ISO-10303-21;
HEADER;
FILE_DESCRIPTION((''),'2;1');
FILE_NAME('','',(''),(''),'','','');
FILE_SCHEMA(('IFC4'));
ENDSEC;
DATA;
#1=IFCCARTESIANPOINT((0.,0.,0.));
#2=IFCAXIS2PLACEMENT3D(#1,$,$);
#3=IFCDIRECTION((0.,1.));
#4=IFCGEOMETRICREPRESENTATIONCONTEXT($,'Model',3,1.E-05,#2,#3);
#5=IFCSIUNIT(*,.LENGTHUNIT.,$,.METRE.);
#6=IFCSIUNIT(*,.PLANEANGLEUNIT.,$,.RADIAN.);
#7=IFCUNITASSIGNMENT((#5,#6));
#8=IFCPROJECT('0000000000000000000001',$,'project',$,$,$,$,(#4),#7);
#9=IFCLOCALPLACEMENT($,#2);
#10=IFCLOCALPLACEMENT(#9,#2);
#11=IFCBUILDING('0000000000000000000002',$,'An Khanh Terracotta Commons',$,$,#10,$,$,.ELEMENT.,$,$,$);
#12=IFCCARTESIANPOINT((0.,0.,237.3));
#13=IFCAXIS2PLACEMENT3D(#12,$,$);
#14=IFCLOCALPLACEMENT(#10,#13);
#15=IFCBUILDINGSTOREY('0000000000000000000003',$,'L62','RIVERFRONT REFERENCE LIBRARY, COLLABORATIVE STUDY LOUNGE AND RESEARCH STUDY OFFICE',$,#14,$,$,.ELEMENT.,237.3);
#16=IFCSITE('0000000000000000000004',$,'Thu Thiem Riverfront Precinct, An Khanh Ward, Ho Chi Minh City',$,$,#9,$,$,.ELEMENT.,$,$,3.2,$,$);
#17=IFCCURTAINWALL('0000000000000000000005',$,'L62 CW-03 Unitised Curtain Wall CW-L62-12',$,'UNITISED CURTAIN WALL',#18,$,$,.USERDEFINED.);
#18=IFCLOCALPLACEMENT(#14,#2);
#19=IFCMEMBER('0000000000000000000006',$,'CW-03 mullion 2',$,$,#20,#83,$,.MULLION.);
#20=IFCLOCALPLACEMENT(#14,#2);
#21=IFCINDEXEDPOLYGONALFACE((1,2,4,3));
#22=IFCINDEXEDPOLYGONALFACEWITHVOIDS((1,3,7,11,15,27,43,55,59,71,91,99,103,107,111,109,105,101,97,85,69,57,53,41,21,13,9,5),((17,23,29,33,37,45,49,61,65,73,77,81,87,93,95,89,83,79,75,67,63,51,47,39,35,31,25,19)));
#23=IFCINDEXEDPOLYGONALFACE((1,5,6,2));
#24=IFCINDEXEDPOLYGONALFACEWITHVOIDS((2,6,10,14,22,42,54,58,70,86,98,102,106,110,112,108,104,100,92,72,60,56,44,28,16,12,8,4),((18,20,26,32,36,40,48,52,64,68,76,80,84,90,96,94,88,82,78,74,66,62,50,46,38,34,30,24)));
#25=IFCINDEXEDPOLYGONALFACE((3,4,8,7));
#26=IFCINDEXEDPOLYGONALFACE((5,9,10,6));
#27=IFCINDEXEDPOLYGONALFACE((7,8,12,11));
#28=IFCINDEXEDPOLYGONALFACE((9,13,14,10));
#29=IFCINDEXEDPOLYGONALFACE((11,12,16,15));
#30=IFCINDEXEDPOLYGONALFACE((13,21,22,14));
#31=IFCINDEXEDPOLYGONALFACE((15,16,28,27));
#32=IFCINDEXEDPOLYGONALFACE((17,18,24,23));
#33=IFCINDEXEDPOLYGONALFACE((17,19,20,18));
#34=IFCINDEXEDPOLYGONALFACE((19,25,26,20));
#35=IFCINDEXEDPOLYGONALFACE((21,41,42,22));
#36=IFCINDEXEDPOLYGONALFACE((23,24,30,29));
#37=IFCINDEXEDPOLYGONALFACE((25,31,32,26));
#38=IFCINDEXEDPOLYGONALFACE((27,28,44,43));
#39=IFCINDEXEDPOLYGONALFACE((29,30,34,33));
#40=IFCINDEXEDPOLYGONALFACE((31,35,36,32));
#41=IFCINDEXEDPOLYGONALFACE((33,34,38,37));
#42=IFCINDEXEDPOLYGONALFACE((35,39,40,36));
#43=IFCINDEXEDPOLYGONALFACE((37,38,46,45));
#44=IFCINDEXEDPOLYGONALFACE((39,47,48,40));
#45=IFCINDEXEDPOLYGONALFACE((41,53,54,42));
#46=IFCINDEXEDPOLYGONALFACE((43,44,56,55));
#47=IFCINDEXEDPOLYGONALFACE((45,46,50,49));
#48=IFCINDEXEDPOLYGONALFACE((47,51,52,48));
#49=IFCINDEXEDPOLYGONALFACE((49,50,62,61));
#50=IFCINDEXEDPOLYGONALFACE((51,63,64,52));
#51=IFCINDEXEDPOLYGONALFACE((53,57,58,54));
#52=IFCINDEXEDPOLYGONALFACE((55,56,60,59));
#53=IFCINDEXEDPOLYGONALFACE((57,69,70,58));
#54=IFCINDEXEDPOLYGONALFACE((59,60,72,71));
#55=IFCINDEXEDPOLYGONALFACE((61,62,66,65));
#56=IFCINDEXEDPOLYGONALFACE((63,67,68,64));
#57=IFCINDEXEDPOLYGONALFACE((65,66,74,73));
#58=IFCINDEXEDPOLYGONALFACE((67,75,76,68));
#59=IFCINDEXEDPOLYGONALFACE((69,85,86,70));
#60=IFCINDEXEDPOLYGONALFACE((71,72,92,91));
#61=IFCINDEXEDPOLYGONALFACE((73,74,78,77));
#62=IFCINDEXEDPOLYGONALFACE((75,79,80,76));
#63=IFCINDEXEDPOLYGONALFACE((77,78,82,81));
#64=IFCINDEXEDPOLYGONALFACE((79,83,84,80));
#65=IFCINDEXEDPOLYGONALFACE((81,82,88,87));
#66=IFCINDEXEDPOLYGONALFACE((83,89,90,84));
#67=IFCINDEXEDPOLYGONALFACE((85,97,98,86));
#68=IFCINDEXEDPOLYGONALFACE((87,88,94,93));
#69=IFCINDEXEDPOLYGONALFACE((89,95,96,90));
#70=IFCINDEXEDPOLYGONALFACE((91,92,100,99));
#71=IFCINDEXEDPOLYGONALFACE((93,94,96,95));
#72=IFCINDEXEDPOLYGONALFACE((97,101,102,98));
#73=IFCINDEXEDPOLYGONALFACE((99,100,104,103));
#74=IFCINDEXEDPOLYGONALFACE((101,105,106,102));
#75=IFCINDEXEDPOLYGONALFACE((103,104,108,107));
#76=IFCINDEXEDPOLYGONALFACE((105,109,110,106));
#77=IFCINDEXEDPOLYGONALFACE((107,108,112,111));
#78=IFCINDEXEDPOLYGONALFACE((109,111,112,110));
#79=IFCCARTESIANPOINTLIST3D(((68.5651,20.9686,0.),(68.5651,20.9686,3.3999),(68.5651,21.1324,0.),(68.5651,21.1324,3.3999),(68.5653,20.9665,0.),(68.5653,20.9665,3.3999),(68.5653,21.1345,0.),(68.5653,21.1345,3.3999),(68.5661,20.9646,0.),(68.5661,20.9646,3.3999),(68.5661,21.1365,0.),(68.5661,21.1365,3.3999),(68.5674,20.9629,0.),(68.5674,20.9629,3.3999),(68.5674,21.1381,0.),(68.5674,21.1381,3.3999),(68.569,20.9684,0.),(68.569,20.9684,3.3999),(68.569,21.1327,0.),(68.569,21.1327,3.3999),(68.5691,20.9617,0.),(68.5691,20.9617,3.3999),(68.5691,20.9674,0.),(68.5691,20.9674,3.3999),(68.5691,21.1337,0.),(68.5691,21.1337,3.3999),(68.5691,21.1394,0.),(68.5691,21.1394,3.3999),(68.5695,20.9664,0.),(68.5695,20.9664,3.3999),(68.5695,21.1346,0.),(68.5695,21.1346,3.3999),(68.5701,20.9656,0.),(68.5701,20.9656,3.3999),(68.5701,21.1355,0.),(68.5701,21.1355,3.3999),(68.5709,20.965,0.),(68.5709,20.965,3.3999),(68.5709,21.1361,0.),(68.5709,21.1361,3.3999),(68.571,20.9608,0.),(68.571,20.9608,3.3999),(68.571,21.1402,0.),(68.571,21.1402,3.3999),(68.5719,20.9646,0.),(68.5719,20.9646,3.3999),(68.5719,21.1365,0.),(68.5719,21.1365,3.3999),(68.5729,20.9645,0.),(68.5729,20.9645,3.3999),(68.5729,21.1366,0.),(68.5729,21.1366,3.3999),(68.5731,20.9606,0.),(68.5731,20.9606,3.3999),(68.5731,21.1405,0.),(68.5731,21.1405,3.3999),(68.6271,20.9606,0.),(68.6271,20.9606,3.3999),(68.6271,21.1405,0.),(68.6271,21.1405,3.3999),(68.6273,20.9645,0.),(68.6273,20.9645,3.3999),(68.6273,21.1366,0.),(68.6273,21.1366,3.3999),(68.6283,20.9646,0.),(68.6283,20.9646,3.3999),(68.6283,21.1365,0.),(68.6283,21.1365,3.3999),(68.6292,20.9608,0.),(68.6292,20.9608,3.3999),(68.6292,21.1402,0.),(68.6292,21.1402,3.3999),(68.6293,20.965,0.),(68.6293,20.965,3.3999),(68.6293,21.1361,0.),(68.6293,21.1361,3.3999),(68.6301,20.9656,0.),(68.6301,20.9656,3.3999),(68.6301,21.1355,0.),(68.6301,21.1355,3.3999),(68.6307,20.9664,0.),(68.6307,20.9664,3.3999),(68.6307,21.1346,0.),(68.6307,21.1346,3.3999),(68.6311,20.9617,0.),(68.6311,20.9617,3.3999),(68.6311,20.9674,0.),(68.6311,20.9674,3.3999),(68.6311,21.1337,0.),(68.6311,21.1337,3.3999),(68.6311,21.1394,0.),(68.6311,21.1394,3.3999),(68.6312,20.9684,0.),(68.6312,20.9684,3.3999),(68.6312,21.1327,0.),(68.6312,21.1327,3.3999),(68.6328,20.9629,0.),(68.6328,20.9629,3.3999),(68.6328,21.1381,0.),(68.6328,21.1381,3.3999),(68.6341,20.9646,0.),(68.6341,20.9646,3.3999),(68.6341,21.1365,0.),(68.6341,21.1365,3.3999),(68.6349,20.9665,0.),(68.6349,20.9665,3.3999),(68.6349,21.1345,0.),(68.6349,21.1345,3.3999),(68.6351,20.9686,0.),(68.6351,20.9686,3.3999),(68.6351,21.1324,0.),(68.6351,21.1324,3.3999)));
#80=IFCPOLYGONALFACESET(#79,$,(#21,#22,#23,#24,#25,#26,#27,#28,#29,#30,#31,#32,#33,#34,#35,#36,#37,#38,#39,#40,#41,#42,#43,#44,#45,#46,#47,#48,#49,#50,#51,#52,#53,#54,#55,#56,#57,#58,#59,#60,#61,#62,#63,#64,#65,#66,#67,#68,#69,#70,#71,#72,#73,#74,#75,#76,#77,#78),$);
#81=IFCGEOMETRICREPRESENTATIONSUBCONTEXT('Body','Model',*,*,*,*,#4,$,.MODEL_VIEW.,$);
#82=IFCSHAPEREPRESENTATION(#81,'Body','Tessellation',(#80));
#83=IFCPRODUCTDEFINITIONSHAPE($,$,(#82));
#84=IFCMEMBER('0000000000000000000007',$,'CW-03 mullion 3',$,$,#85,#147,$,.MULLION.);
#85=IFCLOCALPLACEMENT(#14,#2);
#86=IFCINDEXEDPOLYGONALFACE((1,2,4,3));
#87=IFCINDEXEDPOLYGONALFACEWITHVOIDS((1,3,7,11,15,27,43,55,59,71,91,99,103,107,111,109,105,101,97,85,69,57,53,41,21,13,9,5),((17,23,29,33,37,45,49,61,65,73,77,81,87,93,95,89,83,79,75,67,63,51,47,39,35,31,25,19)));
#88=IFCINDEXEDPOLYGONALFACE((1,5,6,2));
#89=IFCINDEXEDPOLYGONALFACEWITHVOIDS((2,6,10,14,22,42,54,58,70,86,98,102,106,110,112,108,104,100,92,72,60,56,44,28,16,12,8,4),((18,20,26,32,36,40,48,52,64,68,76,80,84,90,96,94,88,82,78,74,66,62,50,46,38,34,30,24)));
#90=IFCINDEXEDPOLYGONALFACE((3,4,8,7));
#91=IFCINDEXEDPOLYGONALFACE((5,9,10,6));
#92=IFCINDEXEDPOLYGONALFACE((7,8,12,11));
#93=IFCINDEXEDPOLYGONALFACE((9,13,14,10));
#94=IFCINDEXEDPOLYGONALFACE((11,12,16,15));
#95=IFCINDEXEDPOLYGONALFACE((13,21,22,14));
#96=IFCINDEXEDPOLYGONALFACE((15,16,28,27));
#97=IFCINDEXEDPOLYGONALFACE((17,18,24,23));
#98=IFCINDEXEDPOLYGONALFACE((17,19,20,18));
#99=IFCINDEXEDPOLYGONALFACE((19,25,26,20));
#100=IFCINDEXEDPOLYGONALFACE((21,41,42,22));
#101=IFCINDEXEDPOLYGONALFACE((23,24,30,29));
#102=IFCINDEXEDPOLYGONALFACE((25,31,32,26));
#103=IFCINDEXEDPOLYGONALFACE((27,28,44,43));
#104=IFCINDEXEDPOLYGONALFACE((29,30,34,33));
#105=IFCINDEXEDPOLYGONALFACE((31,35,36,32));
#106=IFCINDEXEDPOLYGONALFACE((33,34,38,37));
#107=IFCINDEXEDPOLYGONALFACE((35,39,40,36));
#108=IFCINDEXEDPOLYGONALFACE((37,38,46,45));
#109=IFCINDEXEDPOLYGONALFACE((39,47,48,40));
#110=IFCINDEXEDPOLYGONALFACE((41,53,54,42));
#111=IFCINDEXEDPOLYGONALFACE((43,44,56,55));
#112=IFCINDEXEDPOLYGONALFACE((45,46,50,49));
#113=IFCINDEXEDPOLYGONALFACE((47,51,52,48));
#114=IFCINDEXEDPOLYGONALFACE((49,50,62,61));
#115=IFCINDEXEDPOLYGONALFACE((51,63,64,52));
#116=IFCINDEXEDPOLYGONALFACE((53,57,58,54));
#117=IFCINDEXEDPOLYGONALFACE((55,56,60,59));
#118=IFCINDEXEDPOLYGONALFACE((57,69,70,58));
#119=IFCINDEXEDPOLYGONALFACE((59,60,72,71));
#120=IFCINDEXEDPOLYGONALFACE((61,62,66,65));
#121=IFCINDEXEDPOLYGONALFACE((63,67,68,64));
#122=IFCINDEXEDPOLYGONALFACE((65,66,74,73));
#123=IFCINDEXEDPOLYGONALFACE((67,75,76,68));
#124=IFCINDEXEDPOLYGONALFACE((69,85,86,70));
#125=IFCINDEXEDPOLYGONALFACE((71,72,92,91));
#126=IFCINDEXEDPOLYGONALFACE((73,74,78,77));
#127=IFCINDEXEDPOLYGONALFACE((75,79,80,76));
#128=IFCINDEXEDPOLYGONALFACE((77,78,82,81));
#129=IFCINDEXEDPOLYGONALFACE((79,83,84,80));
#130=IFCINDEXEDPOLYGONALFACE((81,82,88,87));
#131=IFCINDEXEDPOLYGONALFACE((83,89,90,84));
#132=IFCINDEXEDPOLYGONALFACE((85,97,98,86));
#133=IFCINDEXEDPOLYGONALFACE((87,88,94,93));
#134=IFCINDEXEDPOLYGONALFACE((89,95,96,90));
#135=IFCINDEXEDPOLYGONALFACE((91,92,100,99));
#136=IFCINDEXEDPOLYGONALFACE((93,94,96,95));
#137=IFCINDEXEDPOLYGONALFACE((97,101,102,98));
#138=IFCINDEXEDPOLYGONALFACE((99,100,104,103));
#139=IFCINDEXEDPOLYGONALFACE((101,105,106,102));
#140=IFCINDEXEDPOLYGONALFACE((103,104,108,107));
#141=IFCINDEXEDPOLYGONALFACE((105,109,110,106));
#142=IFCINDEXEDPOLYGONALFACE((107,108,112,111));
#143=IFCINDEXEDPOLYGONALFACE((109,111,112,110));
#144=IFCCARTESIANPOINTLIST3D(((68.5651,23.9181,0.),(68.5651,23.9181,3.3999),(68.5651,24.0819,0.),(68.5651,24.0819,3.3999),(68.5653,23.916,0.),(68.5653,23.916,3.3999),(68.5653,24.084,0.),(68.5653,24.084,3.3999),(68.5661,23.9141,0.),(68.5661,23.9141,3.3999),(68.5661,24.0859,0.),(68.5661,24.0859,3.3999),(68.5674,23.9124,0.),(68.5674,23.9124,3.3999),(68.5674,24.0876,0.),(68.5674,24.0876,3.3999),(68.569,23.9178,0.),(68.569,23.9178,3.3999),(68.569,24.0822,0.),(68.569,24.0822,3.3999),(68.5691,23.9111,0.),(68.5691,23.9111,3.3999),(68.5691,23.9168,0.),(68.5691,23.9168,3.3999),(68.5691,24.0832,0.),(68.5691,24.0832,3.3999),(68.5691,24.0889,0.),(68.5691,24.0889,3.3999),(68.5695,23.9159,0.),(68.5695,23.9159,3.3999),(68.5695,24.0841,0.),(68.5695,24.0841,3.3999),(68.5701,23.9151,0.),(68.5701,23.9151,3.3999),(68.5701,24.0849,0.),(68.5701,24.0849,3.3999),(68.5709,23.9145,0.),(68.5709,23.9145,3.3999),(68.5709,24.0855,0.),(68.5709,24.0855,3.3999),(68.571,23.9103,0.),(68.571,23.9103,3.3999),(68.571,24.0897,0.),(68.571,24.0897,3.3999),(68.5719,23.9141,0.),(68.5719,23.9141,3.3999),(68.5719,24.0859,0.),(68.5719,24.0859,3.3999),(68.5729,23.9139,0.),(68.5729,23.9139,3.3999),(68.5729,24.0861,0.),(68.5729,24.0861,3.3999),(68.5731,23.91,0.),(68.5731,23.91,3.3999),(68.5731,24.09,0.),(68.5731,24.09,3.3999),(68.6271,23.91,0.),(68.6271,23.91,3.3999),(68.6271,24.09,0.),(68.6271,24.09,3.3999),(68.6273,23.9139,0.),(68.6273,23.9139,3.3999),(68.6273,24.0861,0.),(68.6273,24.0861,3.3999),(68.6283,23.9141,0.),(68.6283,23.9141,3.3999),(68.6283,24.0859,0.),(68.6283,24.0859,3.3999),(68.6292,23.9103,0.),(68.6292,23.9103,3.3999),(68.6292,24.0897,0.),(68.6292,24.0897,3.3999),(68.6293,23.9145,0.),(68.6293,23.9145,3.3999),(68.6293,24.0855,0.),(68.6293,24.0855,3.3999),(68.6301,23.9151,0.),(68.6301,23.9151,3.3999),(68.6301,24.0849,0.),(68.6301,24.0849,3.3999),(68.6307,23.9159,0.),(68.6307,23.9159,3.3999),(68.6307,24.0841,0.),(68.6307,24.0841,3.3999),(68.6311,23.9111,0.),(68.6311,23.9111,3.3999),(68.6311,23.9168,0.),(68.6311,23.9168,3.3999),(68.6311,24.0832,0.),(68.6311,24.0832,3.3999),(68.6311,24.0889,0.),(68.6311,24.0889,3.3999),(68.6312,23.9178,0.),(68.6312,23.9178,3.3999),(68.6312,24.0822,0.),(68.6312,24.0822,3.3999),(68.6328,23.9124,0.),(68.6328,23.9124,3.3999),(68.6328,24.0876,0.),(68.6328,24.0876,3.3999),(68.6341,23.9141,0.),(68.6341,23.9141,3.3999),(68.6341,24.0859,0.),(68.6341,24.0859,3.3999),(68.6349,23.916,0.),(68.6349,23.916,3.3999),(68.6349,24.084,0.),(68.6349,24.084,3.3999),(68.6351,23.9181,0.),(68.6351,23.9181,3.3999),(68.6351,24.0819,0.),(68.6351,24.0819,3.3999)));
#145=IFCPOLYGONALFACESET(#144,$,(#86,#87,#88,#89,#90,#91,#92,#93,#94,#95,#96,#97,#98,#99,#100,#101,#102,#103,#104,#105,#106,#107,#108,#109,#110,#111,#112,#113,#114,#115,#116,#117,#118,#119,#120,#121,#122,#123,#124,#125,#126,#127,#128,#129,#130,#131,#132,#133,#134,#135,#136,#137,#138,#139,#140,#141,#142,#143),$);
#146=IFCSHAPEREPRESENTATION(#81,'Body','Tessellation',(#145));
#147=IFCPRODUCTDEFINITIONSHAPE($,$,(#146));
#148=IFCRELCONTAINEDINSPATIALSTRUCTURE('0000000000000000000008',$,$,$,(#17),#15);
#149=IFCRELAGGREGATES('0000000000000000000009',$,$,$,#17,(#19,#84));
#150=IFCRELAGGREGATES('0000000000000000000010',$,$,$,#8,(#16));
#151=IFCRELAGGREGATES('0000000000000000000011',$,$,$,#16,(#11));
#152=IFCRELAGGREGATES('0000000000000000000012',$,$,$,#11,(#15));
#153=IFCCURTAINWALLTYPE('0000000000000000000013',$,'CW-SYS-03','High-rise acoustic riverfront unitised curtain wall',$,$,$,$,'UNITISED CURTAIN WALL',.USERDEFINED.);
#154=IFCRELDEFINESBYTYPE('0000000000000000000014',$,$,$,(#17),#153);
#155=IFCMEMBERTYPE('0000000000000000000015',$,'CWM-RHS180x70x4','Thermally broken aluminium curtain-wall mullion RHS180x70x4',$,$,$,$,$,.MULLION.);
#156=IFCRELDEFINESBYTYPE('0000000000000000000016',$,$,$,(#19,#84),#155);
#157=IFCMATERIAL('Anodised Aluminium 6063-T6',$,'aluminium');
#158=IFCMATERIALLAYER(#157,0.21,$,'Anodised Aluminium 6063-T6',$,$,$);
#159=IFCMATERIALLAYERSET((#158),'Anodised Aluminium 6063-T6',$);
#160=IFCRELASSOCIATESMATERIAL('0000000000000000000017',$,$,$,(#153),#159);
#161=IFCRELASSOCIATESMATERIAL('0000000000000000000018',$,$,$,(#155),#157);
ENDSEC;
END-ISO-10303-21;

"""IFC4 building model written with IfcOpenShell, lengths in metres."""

from ifc_helpers import new_model, si_unit, direction, frame, origin, origin_2d, place, context, subcontext, project, spatial, hollow_rectangle, extrude, material, layer, layer_set, material_profile, profile_set, type_object, element, aggregate, save


model = new_model("IFC4")

# Units and contexts
model_context = context("Model", 3, precision=1e-05, world=origin(), true_north=direction((0.0, 1.0)))
body_context = subcontext(model_context, "Body", "Model", "MODEL_VIEW")
ifc_project = project(units=[si_unit("LENGTHUNIT", "METRE"), si_unit("PLANEANGLEUNIT", "RADIAN")], contexts=[model_context])

# Site, building, storey
site_placement = place(None, origin())
site = spatial("IfcSite", under=ifc_project, at=site_placement, Name="Thu Thiem Riverfront Precinct, An Khanh Ward, Ho Chi Minh City", CompositionType="ELEMENT", RefElevation=3.2)
building_placement = place(site_placement, origin())
building = spatial("IfcBuilding", under=site, at=building_placement, Name="An Khanh Terracotta Commons", CompositionType="ELEMENT")
storey_placement = place(building_placement, frame((0.0, 0.0, 237.3)))
storey = spatial("IfcBuildingStorey", under=building, at=storey_placement, Name="L62", Description="RIVERFRONT REFERENCE LIBRARY, COLLABORATIVE STUDY LOUNGE AND RESEARCH STUDY OFFICE", CompositionType="ELEMENT", Elevation=237.3)

# Curtain wall, members
ifc_material_1 = material(Name="Anodised Aluminium 6063-T6", Category="aluminium")
ifc_layer_1 = layer(ifc_material_1, 0.21, Name="Anodised Aluminium 6063-T6")
ifc_layer_set_1 = layer_set([ifc_layer_1], Name="Anodised Aluminium 6063-T6")
curtain_wall_type = type_object("IfcCurtainWallType", Name="CW-SYS-03", Description="High-rise acoustic riverfront unitised curtain wall", ElementType="UNITISED CURTAIN WALL", PredefinedType="USERDEFINED", material=ifc_layer_set_1)
ifc_material_profile_1 = material_profile(ifc_material_1, hollow_rectangle(XDim=0.0701, YDim=0.1799, WallThickness=0.0039, InnerFilletRadius=0.0039, OuterFilletRadius=0.0081, at=origin_2d()), Name="RHS180x70x4")
ifc_profile_set_1 = profile_set([ifc_material_profile_1], Name="Anodised Aluminium 6063-T6")
member_type_1 = type_object("IfcMemberType", Name="CWM-RHS180x70x4", Description="Thermally broken aluminium curtain-wall mullion RHS180x70x4", PredefinedType="MULLION", material=ifc_profile_set_1)
curtain_wall_1_placement = place(storey_placement, origin())
curtain_wall_1 = element("IfcCurtainWall", 1, at=curtain_wall_1_placement, inside=storey, type_object=curtain_wall_type, Name="L62 CW-03 Unitised Curtain Wall CW-L62-12", ObjectType="UNITISED CURTAIN WALL", PredefinedType="USERDEFINED")
member_1_placement = place(storey_placement, frame((68.6001, 21.0505, 0.0), z_axis=(0.0, 0.0, 1.0), x_axis=(-1.0, 0.0, 0.0)))
member_1 = element("IfcMember", 2, at=member_1_placement, type_object=member_type_1, Name="CW-03 mullion 2", PredefinedType="MULLION", context=body_context, shape_type="SweptSolid", body=[
    extrude(hollow_rectangle(XDim=0.0701, YDim=0.1799, WallThickness=0.0039, InnerFilletRadius=0.0039, OuterFilletRadius=0.0081, at=origin_2d()), origin(), (0.0, 0.0, 1.0), 3.3999),
])
member_2_placement = place(storey_placement, frame((68.6001, 24.0, 0.0), z_axis=(0.0, 0.0, 1.0), x_axis=(-1.0, 0.0, 0.0)))
member_2 = element("IfcMember", 3, at=member_2_placement, type_object=member_type_1, Name="CW-03 mullion 3", PredefinedType="MULLION", context=body_context, shape_type="SweptSolid", body=[
    extrude(hollow_rectangle(XDim=0.0701, YDim=0.1799, WallThickness=0.0039, InnerFilletRadius=0.0039, OuterFilletRadius=0.0081, at=origin_2d()), origin(), (0.0, 0.0, 1.0), 3.3999),
])

aggregate(curtain_wall_1, [member_1, member_2])

save(model, "model.ifc")
